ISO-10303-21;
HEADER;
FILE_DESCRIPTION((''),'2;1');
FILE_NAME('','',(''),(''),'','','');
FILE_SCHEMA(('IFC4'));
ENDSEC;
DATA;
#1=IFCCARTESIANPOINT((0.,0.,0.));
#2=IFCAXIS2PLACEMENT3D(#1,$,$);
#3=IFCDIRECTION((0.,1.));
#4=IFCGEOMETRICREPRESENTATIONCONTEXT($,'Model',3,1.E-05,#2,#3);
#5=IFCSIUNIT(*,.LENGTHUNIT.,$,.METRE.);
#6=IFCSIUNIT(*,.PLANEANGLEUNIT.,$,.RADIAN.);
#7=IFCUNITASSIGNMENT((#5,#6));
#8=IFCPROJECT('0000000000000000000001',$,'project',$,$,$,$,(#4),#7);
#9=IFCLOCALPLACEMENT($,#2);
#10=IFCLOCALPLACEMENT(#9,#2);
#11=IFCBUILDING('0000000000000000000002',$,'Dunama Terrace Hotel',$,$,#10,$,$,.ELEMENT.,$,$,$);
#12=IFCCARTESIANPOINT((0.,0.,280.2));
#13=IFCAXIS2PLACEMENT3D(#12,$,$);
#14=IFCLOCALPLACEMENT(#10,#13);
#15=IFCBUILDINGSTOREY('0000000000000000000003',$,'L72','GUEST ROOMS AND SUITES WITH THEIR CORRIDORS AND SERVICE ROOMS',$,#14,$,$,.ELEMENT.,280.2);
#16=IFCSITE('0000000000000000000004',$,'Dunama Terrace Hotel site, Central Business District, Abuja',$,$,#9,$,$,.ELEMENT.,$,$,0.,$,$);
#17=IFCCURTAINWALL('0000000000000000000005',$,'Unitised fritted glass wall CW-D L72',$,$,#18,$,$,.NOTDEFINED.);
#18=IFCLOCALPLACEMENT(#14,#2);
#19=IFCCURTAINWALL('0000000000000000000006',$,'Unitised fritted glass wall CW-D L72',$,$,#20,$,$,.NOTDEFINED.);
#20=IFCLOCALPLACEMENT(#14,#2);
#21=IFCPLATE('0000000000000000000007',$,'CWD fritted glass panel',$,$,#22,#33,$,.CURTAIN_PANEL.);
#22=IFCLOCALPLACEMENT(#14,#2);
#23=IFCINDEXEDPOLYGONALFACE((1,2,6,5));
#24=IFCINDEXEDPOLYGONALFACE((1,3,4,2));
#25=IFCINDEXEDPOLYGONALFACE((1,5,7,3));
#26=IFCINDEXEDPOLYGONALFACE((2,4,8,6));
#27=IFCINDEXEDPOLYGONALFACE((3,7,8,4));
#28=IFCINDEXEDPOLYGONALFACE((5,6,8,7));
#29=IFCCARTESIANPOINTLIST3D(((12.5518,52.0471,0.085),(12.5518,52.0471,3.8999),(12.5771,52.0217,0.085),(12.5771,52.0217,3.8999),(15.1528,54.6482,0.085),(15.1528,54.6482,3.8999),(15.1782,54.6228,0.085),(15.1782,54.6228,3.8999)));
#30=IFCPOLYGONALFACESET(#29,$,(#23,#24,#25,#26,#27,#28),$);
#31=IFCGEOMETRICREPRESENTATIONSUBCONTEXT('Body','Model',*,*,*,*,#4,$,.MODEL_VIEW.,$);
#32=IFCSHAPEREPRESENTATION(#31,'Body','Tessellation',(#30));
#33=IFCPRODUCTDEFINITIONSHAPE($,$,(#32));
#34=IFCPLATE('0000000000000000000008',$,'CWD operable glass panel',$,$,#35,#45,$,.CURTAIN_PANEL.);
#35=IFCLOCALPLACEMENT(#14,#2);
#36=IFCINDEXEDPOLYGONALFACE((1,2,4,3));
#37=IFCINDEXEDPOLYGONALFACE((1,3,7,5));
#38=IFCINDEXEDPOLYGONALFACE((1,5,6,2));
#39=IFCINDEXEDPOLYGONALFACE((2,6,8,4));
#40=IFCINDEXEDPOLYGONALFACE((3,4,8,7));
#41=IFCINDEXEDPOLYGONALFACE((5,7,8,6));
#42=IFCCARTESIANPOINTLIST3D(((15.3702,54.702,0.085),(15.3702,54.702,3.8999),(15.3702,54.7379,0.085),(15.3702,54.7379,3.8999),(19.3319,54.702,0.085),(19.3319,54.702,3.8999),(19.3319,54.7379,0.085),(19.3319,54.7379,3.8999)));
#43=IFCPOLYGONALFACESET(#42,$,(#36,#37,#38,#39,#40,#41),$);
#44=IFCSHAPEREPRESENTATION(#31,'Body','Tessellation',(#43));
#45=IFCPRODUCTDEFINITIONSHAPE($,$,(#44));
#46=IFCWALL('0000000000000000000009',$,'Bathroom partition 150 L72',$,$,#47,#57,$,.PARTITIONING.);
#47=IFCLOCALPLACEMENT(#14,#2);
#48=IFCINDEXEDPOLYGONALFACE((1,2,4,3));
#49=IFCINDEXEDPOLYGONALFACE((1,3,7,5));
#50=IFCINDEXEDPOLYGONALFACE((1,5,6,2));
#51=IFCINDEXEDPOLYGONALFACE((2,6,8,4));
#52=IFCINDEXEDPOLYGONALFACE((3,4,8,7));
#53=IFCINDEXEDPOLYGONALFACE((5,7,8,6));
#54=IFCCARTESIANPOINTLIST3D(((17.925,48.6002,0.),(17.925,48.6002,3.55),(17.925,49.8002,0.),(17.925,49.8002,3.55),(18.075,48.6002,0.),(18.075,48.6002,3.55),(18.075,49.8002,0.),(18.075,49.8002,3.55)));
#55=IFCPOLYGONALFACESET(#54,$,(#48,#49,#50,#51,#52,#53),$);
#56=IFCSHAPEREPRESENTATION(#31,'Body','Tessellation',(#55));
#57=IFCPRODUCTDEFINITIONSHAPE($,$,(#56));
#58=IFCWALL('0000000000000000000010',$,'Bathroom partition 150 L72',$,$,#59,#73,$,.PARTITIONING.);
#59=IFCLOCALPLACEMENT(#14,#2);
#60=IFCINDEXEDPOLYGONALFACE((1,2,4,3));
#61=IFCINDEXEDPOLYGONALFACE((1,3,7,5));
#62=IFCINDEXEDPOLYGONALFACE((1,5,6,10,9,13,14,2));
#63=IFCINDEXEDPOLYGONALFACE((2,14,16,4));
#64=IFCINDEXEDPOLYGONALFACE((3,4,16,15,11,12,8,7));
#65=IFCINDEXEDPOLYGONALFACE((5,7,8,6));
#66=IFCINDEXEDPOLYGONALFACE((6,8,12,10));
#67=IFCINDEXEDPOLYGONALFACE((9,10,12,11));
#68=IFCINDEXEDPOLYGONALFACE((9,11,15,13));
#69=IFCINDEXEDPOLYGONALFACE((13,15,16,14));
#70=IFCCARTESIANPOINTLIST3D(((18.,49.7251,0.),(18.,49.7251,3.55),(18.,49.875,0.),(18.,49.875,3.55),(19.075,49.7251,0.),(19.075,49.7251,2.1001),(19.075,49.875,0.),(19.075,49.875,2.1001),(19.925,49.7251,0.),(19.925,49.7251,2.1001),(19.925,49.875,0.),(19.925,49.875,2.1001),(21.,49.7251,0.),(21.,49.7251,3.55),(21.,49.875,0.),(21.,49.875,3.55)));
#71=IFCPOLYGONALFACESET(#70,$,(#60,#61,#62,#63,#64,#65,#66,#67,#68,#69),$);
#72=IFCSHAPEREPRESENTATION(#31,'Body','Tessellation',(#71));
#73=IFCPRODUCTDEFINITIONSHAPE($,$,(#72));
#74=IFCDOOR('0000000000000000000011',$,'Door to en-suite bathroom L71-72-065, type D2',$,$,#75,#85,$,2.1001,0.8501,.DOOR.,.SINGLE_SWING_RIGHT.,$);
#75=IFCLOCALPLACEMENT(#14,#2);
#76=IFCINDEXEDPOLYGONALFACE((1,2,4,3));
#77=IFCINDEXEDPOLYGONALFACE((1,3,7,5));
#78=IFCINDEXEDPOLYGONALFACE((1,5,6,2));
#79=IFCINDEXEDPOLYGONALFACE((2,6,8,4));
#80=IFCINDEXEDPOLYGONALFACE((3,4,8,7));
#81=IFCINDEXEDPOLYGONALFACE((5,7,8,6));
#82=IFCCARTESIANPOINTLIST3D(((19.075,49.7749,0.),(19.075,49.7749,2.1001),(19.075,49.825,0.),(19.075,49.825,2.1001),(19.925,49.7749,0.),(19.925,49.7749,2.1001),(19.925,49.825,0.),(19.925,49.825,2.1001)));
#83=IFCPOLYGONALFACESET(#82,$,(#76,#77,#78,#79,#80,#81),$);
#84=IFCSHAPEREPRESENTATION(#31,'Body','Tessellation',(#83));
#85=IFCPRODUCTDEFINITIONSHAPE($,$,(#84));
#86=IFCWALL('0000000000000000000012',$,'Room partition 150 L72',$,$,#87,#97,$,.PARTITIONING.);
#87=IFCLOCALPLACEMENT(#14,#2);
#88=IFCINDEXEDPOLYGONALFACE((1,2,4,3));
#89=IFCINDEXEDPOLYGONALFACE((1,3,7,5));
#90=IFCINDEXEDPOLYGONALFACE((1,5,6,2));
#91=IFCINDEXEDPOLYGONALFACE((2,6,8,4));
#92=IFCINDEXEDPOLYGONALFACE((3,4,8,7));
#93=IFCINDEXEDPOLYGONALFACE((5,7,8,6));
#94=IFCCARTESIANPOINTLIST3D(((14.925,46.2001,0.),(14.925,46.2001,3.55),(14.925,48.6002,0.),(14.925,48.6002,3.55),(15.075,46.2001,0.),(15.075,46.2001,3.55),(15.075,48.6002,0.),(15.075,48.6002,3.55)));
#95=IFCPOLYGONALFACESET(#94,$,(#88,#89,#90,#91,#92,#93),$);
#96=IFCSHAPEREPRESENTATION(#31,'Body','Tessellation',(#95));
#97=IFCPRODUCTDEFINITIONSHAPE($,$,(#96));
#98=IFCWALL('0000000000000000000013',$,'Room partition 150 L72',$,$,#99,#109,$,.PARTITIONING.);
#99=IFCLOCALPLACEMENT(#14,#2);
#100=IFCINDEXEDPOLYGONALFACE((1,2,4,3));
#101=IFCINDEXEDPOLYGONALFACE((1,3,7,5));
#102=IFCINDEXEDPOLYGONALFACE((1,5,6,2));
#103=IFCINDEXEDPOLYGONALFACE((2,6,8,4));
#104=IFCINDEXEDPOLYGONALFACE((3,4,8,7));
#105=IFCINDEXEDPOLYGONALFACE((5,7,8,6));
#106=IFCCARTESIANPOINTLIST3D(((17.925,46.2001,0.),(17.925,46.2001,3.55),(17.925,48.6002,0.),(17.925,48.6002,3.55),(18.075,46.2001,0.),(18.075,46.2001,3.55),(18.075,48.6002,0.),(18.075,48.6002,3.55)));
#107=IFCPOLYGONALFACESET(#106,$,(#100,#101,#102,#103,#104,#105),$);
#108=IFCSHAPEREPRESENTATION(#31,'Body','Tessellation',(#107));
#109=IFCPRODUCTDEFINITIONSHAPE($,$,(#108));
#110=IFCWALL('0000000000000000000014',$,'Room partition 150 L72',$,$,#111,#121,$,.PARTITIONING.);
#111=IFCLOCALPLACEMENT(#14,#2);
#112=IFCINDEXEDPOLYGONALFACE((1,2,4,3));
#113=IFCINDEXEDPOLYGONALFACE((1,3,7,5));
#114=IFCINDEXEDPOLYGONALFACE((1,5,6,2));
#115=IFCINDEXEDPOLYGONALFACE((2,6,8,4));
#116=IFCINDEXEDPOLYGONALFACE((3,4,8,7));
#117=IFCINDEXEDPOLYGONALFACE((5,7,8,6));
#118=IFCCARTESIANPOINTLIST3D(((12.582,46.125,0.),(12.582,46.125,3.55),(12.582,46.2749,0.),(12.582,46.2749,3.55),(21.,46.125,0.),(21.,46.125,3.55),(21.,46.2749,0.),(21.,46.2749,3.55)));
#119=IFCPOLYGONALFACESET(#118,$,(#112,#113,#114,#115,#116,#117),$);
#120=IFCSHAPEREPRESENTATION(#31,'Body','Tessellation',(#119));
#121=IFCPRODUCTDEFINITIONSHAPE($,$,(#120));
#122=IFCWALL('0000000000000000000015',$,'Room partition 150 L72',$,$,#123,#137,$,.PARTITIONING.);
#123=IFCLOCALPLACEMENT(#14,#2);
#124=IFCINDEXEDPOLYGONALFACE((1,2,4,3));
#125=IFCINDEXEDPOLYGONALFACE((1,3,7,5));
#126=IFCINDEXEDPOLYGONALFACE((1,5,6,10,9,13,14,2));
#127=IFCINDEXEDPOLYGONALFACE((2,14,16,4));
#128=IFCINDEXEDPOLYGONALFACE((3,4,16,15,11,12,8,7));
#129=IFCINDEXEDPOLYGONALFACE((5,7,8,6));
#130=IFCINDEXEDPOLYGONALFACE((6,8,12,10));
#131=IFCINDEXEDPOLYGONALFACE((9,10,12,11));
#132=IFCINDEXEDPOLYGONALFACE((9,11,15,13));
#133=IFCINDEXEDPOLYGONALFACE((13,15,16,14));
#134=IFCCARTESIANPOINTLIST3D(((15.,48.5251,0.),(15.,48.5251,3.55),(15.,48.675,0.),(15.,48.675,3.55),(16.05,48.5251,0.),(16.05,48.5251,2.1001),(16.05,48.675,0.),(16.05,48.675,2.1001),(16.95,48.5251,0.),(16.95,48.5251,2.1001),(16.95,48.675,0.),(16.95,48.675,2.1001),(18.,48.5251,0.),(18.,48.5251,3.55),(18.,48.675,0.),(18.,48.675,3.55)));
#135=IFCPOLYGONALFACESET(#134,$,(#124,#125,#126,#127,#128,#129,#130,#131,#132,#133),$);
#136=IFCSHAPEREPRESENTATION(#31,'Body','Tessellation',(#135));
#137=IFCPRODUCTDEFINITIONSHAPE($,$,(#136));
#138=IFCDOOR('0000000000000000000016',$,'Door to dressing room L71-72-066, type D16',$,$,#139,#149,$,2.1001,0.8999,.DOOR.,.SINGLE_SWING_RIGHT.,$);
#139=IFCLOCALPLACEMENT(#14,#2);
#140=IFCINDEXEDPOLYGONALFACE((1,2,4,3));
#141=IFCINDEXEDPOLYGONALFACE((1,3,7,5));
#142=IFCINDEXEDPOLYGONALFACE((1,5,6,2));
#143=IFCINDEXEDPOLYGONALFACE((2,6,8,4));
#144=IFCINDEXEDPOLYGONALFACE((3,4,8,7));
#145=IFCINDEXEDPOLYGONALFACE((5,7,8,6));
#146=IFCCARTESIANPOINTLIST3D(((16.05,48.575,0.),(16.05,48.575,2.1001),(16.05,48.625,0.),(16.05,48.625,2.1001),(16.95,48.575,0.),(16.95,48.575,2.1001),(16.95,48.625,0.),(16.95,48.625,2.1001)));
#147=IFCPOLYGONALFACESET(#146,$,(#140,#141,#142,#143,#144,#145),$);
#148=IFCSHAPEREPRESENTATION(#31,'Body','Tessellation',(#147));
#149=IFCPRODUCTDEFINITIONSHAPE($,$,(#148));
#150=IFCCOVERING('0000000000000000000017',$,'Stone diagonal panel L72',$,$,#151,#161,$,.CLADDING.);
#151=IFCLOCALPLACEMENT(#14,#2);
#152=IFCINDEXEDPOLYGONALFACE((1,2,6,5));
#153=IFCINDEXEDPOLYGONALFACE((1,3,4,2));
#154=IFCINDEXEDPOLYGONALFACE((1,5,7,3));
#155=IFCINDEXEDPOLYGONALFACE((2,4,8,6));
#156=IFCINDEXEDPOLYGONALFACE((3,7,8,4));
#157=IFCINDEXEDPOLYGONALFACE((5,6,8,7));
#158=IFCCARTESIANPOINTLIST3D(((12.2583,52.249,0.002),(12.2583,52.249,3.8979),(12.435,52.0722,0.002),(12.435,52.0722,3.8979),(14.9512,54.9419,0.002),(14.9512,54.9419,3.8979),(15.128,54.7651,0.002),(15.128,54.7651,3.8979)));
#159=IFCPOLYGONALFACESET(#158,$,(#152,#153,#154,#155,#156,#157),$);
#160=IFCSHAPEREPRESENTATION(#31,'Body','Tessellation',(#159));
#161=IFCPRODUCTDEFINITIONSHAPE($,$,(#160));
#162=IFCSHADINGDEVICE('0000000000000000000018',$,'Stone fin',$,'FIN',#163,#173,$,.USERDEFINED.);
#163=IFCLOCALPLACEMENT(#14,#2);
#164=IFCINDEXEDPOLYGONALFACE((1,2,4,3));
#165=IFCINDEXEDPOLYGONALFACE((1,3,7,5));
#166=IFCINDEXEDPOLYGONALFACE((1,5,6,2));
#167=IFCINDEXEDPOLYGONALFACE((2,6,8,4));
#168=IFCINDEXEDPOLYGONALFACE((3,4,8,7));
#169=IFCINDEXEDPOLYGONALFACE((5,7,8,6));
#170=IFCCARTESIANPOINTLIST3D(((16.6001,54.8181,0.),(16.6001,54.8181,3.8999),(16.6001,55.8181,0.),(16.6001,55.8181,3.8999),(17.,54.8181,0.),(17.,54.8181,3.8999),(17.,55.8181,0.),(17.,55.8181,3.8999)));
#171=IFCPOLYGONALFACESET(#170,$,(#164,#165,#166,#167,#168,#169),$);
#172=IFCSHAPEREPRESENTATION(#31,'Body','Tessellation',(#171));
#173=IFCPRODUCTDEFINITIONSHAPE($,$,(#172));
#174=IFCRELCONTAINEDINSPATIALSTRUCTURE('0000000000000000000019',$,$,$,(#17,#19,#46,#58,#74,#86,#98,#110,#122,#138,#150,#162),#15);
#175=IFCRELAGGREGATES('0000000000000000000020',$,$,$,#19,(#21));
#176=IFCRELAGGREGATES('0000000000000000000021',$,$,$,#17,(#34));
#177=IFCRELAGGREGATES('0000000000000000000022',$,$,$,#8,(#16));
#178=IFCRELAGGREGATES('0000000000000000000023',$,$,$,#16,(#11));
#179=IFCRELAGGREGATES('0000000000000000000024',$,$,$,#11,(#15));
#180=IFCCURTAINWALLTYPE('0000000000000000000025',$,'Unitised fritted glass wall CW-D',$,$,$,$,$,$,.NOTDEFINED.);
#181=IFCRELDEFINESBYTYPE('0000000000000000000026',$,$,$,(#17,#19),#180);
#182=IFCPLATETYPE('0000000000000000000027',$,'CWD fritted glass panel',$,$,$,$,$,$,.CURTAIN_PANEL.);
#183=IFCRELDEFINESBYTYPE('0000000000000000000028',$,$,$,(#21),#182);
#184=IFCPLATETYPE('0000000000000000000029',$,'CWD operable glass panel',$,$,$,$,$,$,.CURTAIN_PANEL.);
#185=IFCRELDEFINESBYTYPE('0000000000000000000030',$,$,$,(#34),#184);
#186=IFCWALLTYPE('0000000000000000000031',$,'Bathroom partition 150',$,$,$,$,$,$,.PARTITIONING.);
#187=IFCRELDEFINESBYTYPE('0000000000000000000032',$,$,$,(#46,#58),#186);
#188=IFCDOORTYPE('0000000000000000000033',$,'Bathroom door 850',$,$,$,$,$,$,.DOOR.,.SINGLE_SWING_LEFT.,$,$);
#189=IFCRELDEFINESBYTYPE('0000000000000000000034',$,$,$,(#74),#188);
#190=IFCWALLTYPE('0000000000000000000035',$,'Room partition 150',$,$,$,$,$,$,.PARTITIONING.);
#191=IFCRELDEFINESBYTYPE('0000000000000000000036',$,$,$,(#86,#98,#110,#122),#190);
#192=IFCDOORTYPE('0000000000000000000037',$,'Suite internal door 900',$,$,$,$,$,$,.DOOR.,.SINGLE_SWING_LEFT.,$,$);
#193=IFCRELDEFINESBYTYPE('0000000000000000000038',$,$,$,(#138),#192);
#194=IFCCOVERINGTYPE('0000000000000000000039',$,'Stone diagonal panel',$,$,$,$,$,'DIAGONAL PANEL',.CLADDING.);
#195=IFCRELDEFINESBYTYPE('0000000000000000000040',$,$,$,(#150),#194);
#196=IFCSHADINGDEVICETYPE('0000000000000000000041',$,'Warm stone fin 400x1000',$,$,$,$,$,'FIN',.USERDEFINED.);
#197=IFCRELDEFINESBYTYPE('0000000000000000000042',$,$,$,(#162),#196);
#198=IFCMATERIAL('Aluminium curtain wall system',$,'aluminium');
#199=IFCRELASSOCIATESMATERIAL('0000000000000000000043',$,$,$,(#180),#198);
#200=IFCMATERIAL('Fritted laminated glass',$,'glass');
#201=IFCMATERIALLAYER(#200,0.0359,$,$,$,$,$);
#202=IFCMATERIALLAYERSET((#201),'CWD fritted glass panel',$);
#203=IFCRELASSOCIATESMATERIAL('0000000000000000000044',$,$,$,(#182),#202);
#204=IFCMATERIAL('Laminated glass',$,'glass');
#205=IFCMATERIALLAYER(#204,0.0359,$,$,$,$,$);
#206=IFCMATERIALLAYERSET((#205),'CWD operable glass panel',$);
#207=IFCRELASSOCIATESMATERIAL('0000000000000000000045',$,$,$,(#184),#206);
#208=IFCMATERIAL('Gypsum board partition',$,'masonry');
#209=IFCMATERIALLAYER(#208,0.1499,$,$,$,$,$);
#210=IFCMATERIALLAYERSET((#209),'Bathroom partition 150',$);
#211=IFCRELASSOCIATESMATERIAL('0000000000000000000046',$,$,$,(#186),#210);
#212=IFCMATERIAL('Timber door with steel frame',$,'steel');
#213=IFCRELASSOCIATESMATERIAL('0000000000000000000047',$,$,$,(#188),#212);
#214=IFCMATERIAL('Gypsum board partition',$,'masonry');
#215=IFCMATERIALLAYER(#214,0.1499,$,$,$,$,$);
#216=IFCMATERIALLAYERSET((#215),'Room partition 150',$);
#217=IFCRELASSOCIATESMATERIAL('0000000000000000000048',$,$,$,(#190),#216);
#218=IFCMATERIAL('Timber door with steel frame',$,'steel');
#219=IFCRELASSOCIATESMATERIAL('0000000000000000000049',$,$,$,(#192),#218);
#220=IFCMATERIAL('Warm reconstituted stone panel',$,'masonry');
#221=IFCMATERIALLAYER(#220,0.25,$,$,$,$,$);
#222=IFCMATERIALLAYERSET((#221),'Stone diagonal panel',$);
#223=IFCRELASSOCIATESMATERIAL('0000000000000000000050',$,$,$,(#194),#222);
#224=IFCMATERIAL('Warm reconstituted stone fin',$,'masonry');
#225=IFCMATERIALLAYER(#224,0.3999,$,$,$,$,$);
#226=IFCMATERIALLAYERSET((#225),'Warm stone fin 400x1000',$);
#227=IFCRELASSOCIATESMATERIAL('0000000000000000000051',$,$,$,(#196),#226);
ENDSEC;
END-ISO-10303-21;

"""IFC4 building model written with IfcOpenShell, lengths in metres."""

from ifc_helpers import new_model, si_unit, direction, frame, frame_2d, origin, origin_2d, place, context, subcontext, project, spatial, rectangle, extrude, material, layer, layer_set, type_object, element, fill, aggregate, save


model = new_model("IFC4")

# Units and contexts
model_context = context("Model", 3, precision=1e-05, world=origin(), true_north=direction((0.0, 1.0)))
body_context = subcontext(model_context, "Body", "Model", "MODEL_VIEW")
ifc_project = project(units=[si_unit("LENGTHUNIT", "METRE"), si_unit("PLANEANGLEUNIT", "RADIAN")], contexts=[model_context])

# Site, building, storey
site_placement = place(None, origin())
site = spatial("IfcSite", under=ifc_project, at=site_placement, Name="Dunama Terrace Hotel site, Central Business District, Abuja", CompositionType="ELEMENT", RefElevation=0.0)
building_placement = place(site_placement, origin())
building = spatial("IfcBuilding", under=site, at=building_placement, Name="Dunama Terrace Hotel", CompositionType="ELEMENT")
storey_placement = place(building_placement, frame((0.0, 0.0, 280.2)))
storey = spatial("IfcBuildingStorey", under=building, at=storey_placement, Name="L72", Description="GUEST ROOMS AND SUITES WITH THEIR CORRIDORS AND SERVICE ROOMS", CompositionType="ELEMENT", Elevation=280.2)

# Curtain wall
ifc_material_1 = material(Name="Aluminium curtain wall system", Category="aluminium")
curtain_wall_type = type_object("IfcCurtainWallType", Name="Unitised fritted glass wall CW-D", PredefinedType="NOTDEFINED", material=ifc_material_1)
curtain_wall_1_placement = place(storey_placement, origin())
curtain_wall_1 = element("IfcCurtainWall", 1, at=curtain_wall_1_placement, inside=storey, type_object=curtain_wall_type, Name="Unitised fritted glass wall CW-D L72", PredefinedType="NOTDEFINED")

# Curtain wall
curtain_wall_2_placement = place(storey_placement, origin())
curtain_wall_2 = element("IfcCurtainWall", 2, at=curtain_wall_2_placement, inside=storey, type_object=curtain_wall_type, Name="Unitised fritted glass wall CW-D L72", PredefinedType="NOTDEFINED")

# Plates
ifc_material_2 = material(Name="Fritted laminated glass", Category="glass")
ifc_layer_1 = layer(ifc_material_2, 0.0359)
ifc_layer_set_1 = layer_set([ifc_layer_1], Name="CWD fritted glass panel")
plate_type_1 = type_object("IfcPlateType", Name="CWD fritted glass panel", PredefinedType="CURTAIN_PANEL", material=ifc_layer_set_1)
plate_1_placement = place(storey_placement, frame((13.865, 53.335, 0.085), z_axis=(0.0, 0.0, 1.0), x_axis=(-0.707107, -0.707107, 0.0)))
plate_1 = element("IfcPlate", 3, at=plate_1_placement, type_object=plate_type_1, Name="CWD fritted glass panel", PredefinedType="CURTAIN_PANEL", context=body_context, shape_type="SweptSolid", body=[
    extrude(rectangle(XDim=3.6785, YDim=0.0359, at=origin_2d()), origin(), (0.0, 0.0, 1.0), 3.8149),
])
aggregate(curtain_wall_2, [plate_1])
ifc_material_3 = material(Name="Laminated glass", Category="glass")
ifc_layer_2 = layer(ifc_material_3, 0.0359)
ifc_layer_set_2 = layer_set([ifc_layer_2], Name="CWD operable glass panel")
plate_type_2 = type_object("IfcPlateType", Name="CWD operable glass panel", PredefinedType="CURTAIN_PANEL", material=ifc_layer_set_2)
plate_2_placement = place(storey_placement, frame((17.3511, 54.72, 0.085), z_axis=(0.0, 0.0, 1.0), x_axis=(-1.0, 0.0, 0.0)))
plate_2 = element("IfcPlate", 4, at=plate_2_placement, type_object=plate_type_2, Name="CWD operable glass panel", PredefinedType="CURTAIN_PANEL", context=body_context, shape_type="SweptSolid", body=[
    extrude(rectangle(XDim=3.9617, YDim=0.0359, at=origin_2d()), origin(), (0.0, 0.0, 1.0), 3.8149),
])
aggregate(curtain_wall_1, [plate_2])

# Wall
ifc_material_4 = material(Name="Gypsum board partition", Category="masonry")
ifc_layer_3 = layer(ifc_material_4, 0.1499)
ifc_layer_set_3 = layer_set([ifc_layer_3], Name="Bathroom partition 150")
wall_type_1 = type_object("IfcWallType", Name="Bathroom partition 150", PredefinedType="PARTITIONING", material=ifc_layer_set_3)
wall_1_placement = place(storey_placement, frame((18.0, 48.6001, 0.0), z_axis=(0.0, 0.0, 1.0), x_axis=(0.0, 1.0, 0.0)))
element("IfcWall", 5, at=wall_1_placement, inside=storey, type_object=wall_type_1, Name="Bathroom partition 150 L72", PredefinedType="PARTITIONING", context=body_context, shape_type="SweptSolid", body=[
    extrude(rectangle(XDim=1.2, YDim=0.1499, at=frame_2d((0.6001, 0.0))), origin(), (0.0, 0.0, 1.0), 3.55),
])

# Wall, opening, door
wall_2_placement = place(storey_placement, frame((18.0, 49.8, 0.0), z_axis=(0.0, 0.0, 1.0), x_axis=(1.0, 0.0, 0.0)))
wall_2 = element("IfcWall", 6, at=wall_2_placement, inside=storey, type_object=wall_type_1, Name="Bathroom partition 150 L72", PredefinedType="PARTITIONING", context=body_context, shape_type="SweptSolid", body=[
    extrude(rectangle(XDim=3.0, YDim=0.1499, at=frame_2d((1.5, 0.0))), origin(), (0.0, 0.0, 1.0), 3.55),
])
opening_1_placement = place(wall_2_placement, frame((1.075, 0.0, 0.0)))
opening_1 = element("IfcOpeningElement", 7, at=opening_1_placement, cuts=wall_2, PredefinedType="OPENING", context=body_context, shape_type="SweptSolid", body=[
    extrude(rectangle(XDim=0.8501, YDim=2.1001, at=frame_2d((0.425, 1.05))), frame((0.0, 0.085, 0.0), z_axis=(0.0, -1.0, 0.0), x_axis=(1.0, 0.0, 0.0)), (0.0, 0.0, 1.0), 0.1699),
])
ifc_material_5 = material(Name="Timber door with steel frame", Category="steel")
door_type_1 = type_object("IfcDoorType", Name="Bathroom door 850", OperationType="SINGLE_SWING_LEFT", PredefinedType="DOOR", material=ifc_material_5)
door_1_placement = place(opening_1_placement, frame((0.8501, 0.0, 0.0), z_axis=(0.0, 0.0, 1.0), x_axis=(-1.0, 0.0, 0.0)))
door_1 = element("IfcDoor", 8, at=door_1_placement, inside=storey, type_object=door_type_1, Name="Door to en-suite bathroom L71-72-065, type D2", OperationType="SINGLE_SWING_RIGHT", OverallHeight=2.1001, OverallWidth=0.8501, PredefinedType="DOOR", context=body_context, shape_type="SweptSolid", body=[
    extrude(rectangle(XDim=0.8501, YDim=2.1001, at=frame_2d((0.425, 1.05))), frame((0.0, 0.0251, 0.0), z_axis=(0.0, -1.0, 0.0), x_axis=(1.0, 0.0, 0.0)), (0.0, 0.0, 1.0), 0.05),
])
fill(opening_1, door_1)

# Walls
ifc_material_6 = material(Name="Gypsum board partition", Category="masonry")
ifc_layer_4 = layer(ifc_material_6, 0.1499)
ifc_layer_set_4 = layer_set([ifc_layer_4], Name="Room partition 150")
wall_type_2 = type_object("IfcWallType", Name="Room partition 150", PredefinedType="PARTITIONING", material=ifc_layer_set_4)
for number, where, z_axis, x_axis, name in (
    (9, (15.0, 46.2, 0.0), (0.0, 0.0, 1.0), (0.0, 1.0, 0.0), "Room partition 150 L72"),
    (10, (18.0, 46.2, 0.0), (0.0, 0.0, 1.0), (0.0, 1.0, 0.0), "Room partition 150 L72"),
):
    element("IfcWall", number, at=place(storey_placement, frame(where, z_axis=z_axis, x_axis=x_axis)), inside=storey, type_object=wall_type_2, Name=name, PredefinedType="PARTITIONING", context=body_context, shape_type="SweptSolid", body=[
        extrude(rectangle(XDim=2.4001, YDim=0.1499, at=frame_2d((1.2002, 0.0))), origin(), (0.0, 0.0, 1.0), 3.55),
    ])
wall_3_placement = place(storey_placement, frame((12.582, 46.2, 0.0), z_axis=(0.0, 0.0, 1.0), x_axis=(1.0, 0.0, 0.0)))
element("IfcWall", 11, at=wall_3_placement, inside=storey, type_object=wall_type_2, Name="Room partition 150 L72", PredefinedType="PARTITIONING", context=body_context, shape_type="SweptSolid", body=[
    extrude(rectangle(XDim=8.418, YDim=0.1499, at=frame_2d((4.209, 0.0))), origin(), (0.0, 0.0, 1.0), 3.55),
])

# Wall, opening, door
wall_4_placement = place(storey_placement, frame((15.0, 48.6001, 0.0), z_axis=(0.0, 0.0, 1.0), x_axis=(1.0, 0.0, 0.0)))
wall_4 = element("IfcWall", 12, at=wall_4_placement, inside=storey, type_object=wall_type_2, Name="Room partition 150 L72", PredefinedType="PARTITIONING", context=body_context, shape_type="SweptSolid", body=[
    extrude(rectangle(XDim=3.0, YDim=0.1499, at=frame_2d((1.5, 0.0))), origin(), (0.0, 0.0, 1.0), 3.55),
])
opening_2_placement = place(wall_4_placement, frame((1.05, 0.0, 0.0)))
opening_2 = element("IfcOpeningElement", 13, at=opening_2_placement, cuts=wall_4, PredefinedType="OPENING", context=body_context, shape_type="SweptSolid", body=[
    extrude(rectangle(XDim=0.8999, YDim=2.1001, at=frame_2d((0.45, 1.05))), frame((0.0, 0.085, 0.0), z_axis=(0.0, -1.0, 0.0), x_axis=(1.0, 0.0, 0.0)), (0.0, 0.0, 1.0), 0.1699),
])
ifc_material_7 = material(Name="Timber door with steel frame", Category="steel")
door_type_2 = type_object("IfcDoorType", Name="Suite internal door 900", OperationType="SINGLE_SWING_LEFT", PredefinedType="DOOR", material=ifc_material_7)
door_2_placement = place(opening_2_placement, frame((0.8999, 0.0, 0.0), z_axis=(0.0, 0.0, 1.0), x_axis=(-1.0, 0.0, 0.0)))
door_2 = element("IfcDoor", 14, at=door_2_placement, inside=storey, type_object=door_type_2, Name="Door to dressing room L71-72-066, type D16", OperationType="SINGLE_SWING_RIGHT", OverallHeight=2.1001, OverallWidth=0.8999, PredefinedType="DOOR", context=body_context, shape_type="SweptSolid", body=[
    extrude(rectangle(XDim=0.8999, YDim=2.1001, at=frame_2d((0.45, 1.05))), frame((0.0, 0.0251, 0.0), z_axis=(0.0, -1.0, 0.0), x_axis=(1.0, 0.0, 0.0)), (0.0, 0.0, 1.0), 0.05),
])
fill(opening_2, door_2)

# Covering
ifc_material_8 = material(Name="Warm reconstituted stone panel", Category="masonry")
ifc_layer_5 = layer(ifc_material_8, 0.25)
ifc_layer_set_5 = layer_set([ifc_layer_5], Name="Stone diagonal panel")
covering_type = type_object("IfcCoveringType", Name="Stone diagonal panel", ElementType="DIAGONAL PANEL", PredefinedType="CLADDING", material=ifc_layer_set_5)
covering_placement = place(storey_placement, frame((13.6931, 53.5071, 0.002), z_axis=(0.0, 0.0, 1.0), x_axis=(-0.707107, -0.707107, 0.0)))
element("IfcCovering", 15, at=covering_placement, inside=storey, type_object=covering_type, Name="Stone diagonal panel L72", PredefinedType="CLADDING", context=body_context, shape_type="SweptSolid", body=[
    extrude(rectangle(XDim=3.8083, YDim=0.25, at=origin_2d()), origin(), (0.0, 0.0, 1.0), 3.896),
])

# Shading device
ifc_material_9 = material(Name="Warm reconstituted stone fin", Category="masonry")
ifc_layer_6 = layer(ifc_material_9, 0.3999)
ifc_layer_set_6 = layer_set([ifc_layer_6], Name="Warm stone fin 400x1000")
shading_device_type = type_object("IfcShadingDeviceType", Name="Warm stone fin 400x1000", ElementType="FIN", PredefinedType="USERDEFINED", material=ifc_layer_set_6)
shading_device_placement = place(storey_placement, frame((16.8, 55.3181, 0.0), z_axis=(0.0, 0.0, 1.0), x_axis=(-1.0, 0.0, 0.0)))
element("IfcShadingDevice", 16, at=shading_device_placement, inside=storey, type_object=shading_device_type, Name="Stone fin", ObjectType="FIN", PredefinedType="USERDEFINED", context=body_context, shape_type="SweptSolid", body=[
    extrude(rectangle(XDim=0.3999, YDim=1.0, at=origin_2d()), origin(), (0.0, 0.0, 1.0), 3.8999),
])

save(model, "model.ifc")
